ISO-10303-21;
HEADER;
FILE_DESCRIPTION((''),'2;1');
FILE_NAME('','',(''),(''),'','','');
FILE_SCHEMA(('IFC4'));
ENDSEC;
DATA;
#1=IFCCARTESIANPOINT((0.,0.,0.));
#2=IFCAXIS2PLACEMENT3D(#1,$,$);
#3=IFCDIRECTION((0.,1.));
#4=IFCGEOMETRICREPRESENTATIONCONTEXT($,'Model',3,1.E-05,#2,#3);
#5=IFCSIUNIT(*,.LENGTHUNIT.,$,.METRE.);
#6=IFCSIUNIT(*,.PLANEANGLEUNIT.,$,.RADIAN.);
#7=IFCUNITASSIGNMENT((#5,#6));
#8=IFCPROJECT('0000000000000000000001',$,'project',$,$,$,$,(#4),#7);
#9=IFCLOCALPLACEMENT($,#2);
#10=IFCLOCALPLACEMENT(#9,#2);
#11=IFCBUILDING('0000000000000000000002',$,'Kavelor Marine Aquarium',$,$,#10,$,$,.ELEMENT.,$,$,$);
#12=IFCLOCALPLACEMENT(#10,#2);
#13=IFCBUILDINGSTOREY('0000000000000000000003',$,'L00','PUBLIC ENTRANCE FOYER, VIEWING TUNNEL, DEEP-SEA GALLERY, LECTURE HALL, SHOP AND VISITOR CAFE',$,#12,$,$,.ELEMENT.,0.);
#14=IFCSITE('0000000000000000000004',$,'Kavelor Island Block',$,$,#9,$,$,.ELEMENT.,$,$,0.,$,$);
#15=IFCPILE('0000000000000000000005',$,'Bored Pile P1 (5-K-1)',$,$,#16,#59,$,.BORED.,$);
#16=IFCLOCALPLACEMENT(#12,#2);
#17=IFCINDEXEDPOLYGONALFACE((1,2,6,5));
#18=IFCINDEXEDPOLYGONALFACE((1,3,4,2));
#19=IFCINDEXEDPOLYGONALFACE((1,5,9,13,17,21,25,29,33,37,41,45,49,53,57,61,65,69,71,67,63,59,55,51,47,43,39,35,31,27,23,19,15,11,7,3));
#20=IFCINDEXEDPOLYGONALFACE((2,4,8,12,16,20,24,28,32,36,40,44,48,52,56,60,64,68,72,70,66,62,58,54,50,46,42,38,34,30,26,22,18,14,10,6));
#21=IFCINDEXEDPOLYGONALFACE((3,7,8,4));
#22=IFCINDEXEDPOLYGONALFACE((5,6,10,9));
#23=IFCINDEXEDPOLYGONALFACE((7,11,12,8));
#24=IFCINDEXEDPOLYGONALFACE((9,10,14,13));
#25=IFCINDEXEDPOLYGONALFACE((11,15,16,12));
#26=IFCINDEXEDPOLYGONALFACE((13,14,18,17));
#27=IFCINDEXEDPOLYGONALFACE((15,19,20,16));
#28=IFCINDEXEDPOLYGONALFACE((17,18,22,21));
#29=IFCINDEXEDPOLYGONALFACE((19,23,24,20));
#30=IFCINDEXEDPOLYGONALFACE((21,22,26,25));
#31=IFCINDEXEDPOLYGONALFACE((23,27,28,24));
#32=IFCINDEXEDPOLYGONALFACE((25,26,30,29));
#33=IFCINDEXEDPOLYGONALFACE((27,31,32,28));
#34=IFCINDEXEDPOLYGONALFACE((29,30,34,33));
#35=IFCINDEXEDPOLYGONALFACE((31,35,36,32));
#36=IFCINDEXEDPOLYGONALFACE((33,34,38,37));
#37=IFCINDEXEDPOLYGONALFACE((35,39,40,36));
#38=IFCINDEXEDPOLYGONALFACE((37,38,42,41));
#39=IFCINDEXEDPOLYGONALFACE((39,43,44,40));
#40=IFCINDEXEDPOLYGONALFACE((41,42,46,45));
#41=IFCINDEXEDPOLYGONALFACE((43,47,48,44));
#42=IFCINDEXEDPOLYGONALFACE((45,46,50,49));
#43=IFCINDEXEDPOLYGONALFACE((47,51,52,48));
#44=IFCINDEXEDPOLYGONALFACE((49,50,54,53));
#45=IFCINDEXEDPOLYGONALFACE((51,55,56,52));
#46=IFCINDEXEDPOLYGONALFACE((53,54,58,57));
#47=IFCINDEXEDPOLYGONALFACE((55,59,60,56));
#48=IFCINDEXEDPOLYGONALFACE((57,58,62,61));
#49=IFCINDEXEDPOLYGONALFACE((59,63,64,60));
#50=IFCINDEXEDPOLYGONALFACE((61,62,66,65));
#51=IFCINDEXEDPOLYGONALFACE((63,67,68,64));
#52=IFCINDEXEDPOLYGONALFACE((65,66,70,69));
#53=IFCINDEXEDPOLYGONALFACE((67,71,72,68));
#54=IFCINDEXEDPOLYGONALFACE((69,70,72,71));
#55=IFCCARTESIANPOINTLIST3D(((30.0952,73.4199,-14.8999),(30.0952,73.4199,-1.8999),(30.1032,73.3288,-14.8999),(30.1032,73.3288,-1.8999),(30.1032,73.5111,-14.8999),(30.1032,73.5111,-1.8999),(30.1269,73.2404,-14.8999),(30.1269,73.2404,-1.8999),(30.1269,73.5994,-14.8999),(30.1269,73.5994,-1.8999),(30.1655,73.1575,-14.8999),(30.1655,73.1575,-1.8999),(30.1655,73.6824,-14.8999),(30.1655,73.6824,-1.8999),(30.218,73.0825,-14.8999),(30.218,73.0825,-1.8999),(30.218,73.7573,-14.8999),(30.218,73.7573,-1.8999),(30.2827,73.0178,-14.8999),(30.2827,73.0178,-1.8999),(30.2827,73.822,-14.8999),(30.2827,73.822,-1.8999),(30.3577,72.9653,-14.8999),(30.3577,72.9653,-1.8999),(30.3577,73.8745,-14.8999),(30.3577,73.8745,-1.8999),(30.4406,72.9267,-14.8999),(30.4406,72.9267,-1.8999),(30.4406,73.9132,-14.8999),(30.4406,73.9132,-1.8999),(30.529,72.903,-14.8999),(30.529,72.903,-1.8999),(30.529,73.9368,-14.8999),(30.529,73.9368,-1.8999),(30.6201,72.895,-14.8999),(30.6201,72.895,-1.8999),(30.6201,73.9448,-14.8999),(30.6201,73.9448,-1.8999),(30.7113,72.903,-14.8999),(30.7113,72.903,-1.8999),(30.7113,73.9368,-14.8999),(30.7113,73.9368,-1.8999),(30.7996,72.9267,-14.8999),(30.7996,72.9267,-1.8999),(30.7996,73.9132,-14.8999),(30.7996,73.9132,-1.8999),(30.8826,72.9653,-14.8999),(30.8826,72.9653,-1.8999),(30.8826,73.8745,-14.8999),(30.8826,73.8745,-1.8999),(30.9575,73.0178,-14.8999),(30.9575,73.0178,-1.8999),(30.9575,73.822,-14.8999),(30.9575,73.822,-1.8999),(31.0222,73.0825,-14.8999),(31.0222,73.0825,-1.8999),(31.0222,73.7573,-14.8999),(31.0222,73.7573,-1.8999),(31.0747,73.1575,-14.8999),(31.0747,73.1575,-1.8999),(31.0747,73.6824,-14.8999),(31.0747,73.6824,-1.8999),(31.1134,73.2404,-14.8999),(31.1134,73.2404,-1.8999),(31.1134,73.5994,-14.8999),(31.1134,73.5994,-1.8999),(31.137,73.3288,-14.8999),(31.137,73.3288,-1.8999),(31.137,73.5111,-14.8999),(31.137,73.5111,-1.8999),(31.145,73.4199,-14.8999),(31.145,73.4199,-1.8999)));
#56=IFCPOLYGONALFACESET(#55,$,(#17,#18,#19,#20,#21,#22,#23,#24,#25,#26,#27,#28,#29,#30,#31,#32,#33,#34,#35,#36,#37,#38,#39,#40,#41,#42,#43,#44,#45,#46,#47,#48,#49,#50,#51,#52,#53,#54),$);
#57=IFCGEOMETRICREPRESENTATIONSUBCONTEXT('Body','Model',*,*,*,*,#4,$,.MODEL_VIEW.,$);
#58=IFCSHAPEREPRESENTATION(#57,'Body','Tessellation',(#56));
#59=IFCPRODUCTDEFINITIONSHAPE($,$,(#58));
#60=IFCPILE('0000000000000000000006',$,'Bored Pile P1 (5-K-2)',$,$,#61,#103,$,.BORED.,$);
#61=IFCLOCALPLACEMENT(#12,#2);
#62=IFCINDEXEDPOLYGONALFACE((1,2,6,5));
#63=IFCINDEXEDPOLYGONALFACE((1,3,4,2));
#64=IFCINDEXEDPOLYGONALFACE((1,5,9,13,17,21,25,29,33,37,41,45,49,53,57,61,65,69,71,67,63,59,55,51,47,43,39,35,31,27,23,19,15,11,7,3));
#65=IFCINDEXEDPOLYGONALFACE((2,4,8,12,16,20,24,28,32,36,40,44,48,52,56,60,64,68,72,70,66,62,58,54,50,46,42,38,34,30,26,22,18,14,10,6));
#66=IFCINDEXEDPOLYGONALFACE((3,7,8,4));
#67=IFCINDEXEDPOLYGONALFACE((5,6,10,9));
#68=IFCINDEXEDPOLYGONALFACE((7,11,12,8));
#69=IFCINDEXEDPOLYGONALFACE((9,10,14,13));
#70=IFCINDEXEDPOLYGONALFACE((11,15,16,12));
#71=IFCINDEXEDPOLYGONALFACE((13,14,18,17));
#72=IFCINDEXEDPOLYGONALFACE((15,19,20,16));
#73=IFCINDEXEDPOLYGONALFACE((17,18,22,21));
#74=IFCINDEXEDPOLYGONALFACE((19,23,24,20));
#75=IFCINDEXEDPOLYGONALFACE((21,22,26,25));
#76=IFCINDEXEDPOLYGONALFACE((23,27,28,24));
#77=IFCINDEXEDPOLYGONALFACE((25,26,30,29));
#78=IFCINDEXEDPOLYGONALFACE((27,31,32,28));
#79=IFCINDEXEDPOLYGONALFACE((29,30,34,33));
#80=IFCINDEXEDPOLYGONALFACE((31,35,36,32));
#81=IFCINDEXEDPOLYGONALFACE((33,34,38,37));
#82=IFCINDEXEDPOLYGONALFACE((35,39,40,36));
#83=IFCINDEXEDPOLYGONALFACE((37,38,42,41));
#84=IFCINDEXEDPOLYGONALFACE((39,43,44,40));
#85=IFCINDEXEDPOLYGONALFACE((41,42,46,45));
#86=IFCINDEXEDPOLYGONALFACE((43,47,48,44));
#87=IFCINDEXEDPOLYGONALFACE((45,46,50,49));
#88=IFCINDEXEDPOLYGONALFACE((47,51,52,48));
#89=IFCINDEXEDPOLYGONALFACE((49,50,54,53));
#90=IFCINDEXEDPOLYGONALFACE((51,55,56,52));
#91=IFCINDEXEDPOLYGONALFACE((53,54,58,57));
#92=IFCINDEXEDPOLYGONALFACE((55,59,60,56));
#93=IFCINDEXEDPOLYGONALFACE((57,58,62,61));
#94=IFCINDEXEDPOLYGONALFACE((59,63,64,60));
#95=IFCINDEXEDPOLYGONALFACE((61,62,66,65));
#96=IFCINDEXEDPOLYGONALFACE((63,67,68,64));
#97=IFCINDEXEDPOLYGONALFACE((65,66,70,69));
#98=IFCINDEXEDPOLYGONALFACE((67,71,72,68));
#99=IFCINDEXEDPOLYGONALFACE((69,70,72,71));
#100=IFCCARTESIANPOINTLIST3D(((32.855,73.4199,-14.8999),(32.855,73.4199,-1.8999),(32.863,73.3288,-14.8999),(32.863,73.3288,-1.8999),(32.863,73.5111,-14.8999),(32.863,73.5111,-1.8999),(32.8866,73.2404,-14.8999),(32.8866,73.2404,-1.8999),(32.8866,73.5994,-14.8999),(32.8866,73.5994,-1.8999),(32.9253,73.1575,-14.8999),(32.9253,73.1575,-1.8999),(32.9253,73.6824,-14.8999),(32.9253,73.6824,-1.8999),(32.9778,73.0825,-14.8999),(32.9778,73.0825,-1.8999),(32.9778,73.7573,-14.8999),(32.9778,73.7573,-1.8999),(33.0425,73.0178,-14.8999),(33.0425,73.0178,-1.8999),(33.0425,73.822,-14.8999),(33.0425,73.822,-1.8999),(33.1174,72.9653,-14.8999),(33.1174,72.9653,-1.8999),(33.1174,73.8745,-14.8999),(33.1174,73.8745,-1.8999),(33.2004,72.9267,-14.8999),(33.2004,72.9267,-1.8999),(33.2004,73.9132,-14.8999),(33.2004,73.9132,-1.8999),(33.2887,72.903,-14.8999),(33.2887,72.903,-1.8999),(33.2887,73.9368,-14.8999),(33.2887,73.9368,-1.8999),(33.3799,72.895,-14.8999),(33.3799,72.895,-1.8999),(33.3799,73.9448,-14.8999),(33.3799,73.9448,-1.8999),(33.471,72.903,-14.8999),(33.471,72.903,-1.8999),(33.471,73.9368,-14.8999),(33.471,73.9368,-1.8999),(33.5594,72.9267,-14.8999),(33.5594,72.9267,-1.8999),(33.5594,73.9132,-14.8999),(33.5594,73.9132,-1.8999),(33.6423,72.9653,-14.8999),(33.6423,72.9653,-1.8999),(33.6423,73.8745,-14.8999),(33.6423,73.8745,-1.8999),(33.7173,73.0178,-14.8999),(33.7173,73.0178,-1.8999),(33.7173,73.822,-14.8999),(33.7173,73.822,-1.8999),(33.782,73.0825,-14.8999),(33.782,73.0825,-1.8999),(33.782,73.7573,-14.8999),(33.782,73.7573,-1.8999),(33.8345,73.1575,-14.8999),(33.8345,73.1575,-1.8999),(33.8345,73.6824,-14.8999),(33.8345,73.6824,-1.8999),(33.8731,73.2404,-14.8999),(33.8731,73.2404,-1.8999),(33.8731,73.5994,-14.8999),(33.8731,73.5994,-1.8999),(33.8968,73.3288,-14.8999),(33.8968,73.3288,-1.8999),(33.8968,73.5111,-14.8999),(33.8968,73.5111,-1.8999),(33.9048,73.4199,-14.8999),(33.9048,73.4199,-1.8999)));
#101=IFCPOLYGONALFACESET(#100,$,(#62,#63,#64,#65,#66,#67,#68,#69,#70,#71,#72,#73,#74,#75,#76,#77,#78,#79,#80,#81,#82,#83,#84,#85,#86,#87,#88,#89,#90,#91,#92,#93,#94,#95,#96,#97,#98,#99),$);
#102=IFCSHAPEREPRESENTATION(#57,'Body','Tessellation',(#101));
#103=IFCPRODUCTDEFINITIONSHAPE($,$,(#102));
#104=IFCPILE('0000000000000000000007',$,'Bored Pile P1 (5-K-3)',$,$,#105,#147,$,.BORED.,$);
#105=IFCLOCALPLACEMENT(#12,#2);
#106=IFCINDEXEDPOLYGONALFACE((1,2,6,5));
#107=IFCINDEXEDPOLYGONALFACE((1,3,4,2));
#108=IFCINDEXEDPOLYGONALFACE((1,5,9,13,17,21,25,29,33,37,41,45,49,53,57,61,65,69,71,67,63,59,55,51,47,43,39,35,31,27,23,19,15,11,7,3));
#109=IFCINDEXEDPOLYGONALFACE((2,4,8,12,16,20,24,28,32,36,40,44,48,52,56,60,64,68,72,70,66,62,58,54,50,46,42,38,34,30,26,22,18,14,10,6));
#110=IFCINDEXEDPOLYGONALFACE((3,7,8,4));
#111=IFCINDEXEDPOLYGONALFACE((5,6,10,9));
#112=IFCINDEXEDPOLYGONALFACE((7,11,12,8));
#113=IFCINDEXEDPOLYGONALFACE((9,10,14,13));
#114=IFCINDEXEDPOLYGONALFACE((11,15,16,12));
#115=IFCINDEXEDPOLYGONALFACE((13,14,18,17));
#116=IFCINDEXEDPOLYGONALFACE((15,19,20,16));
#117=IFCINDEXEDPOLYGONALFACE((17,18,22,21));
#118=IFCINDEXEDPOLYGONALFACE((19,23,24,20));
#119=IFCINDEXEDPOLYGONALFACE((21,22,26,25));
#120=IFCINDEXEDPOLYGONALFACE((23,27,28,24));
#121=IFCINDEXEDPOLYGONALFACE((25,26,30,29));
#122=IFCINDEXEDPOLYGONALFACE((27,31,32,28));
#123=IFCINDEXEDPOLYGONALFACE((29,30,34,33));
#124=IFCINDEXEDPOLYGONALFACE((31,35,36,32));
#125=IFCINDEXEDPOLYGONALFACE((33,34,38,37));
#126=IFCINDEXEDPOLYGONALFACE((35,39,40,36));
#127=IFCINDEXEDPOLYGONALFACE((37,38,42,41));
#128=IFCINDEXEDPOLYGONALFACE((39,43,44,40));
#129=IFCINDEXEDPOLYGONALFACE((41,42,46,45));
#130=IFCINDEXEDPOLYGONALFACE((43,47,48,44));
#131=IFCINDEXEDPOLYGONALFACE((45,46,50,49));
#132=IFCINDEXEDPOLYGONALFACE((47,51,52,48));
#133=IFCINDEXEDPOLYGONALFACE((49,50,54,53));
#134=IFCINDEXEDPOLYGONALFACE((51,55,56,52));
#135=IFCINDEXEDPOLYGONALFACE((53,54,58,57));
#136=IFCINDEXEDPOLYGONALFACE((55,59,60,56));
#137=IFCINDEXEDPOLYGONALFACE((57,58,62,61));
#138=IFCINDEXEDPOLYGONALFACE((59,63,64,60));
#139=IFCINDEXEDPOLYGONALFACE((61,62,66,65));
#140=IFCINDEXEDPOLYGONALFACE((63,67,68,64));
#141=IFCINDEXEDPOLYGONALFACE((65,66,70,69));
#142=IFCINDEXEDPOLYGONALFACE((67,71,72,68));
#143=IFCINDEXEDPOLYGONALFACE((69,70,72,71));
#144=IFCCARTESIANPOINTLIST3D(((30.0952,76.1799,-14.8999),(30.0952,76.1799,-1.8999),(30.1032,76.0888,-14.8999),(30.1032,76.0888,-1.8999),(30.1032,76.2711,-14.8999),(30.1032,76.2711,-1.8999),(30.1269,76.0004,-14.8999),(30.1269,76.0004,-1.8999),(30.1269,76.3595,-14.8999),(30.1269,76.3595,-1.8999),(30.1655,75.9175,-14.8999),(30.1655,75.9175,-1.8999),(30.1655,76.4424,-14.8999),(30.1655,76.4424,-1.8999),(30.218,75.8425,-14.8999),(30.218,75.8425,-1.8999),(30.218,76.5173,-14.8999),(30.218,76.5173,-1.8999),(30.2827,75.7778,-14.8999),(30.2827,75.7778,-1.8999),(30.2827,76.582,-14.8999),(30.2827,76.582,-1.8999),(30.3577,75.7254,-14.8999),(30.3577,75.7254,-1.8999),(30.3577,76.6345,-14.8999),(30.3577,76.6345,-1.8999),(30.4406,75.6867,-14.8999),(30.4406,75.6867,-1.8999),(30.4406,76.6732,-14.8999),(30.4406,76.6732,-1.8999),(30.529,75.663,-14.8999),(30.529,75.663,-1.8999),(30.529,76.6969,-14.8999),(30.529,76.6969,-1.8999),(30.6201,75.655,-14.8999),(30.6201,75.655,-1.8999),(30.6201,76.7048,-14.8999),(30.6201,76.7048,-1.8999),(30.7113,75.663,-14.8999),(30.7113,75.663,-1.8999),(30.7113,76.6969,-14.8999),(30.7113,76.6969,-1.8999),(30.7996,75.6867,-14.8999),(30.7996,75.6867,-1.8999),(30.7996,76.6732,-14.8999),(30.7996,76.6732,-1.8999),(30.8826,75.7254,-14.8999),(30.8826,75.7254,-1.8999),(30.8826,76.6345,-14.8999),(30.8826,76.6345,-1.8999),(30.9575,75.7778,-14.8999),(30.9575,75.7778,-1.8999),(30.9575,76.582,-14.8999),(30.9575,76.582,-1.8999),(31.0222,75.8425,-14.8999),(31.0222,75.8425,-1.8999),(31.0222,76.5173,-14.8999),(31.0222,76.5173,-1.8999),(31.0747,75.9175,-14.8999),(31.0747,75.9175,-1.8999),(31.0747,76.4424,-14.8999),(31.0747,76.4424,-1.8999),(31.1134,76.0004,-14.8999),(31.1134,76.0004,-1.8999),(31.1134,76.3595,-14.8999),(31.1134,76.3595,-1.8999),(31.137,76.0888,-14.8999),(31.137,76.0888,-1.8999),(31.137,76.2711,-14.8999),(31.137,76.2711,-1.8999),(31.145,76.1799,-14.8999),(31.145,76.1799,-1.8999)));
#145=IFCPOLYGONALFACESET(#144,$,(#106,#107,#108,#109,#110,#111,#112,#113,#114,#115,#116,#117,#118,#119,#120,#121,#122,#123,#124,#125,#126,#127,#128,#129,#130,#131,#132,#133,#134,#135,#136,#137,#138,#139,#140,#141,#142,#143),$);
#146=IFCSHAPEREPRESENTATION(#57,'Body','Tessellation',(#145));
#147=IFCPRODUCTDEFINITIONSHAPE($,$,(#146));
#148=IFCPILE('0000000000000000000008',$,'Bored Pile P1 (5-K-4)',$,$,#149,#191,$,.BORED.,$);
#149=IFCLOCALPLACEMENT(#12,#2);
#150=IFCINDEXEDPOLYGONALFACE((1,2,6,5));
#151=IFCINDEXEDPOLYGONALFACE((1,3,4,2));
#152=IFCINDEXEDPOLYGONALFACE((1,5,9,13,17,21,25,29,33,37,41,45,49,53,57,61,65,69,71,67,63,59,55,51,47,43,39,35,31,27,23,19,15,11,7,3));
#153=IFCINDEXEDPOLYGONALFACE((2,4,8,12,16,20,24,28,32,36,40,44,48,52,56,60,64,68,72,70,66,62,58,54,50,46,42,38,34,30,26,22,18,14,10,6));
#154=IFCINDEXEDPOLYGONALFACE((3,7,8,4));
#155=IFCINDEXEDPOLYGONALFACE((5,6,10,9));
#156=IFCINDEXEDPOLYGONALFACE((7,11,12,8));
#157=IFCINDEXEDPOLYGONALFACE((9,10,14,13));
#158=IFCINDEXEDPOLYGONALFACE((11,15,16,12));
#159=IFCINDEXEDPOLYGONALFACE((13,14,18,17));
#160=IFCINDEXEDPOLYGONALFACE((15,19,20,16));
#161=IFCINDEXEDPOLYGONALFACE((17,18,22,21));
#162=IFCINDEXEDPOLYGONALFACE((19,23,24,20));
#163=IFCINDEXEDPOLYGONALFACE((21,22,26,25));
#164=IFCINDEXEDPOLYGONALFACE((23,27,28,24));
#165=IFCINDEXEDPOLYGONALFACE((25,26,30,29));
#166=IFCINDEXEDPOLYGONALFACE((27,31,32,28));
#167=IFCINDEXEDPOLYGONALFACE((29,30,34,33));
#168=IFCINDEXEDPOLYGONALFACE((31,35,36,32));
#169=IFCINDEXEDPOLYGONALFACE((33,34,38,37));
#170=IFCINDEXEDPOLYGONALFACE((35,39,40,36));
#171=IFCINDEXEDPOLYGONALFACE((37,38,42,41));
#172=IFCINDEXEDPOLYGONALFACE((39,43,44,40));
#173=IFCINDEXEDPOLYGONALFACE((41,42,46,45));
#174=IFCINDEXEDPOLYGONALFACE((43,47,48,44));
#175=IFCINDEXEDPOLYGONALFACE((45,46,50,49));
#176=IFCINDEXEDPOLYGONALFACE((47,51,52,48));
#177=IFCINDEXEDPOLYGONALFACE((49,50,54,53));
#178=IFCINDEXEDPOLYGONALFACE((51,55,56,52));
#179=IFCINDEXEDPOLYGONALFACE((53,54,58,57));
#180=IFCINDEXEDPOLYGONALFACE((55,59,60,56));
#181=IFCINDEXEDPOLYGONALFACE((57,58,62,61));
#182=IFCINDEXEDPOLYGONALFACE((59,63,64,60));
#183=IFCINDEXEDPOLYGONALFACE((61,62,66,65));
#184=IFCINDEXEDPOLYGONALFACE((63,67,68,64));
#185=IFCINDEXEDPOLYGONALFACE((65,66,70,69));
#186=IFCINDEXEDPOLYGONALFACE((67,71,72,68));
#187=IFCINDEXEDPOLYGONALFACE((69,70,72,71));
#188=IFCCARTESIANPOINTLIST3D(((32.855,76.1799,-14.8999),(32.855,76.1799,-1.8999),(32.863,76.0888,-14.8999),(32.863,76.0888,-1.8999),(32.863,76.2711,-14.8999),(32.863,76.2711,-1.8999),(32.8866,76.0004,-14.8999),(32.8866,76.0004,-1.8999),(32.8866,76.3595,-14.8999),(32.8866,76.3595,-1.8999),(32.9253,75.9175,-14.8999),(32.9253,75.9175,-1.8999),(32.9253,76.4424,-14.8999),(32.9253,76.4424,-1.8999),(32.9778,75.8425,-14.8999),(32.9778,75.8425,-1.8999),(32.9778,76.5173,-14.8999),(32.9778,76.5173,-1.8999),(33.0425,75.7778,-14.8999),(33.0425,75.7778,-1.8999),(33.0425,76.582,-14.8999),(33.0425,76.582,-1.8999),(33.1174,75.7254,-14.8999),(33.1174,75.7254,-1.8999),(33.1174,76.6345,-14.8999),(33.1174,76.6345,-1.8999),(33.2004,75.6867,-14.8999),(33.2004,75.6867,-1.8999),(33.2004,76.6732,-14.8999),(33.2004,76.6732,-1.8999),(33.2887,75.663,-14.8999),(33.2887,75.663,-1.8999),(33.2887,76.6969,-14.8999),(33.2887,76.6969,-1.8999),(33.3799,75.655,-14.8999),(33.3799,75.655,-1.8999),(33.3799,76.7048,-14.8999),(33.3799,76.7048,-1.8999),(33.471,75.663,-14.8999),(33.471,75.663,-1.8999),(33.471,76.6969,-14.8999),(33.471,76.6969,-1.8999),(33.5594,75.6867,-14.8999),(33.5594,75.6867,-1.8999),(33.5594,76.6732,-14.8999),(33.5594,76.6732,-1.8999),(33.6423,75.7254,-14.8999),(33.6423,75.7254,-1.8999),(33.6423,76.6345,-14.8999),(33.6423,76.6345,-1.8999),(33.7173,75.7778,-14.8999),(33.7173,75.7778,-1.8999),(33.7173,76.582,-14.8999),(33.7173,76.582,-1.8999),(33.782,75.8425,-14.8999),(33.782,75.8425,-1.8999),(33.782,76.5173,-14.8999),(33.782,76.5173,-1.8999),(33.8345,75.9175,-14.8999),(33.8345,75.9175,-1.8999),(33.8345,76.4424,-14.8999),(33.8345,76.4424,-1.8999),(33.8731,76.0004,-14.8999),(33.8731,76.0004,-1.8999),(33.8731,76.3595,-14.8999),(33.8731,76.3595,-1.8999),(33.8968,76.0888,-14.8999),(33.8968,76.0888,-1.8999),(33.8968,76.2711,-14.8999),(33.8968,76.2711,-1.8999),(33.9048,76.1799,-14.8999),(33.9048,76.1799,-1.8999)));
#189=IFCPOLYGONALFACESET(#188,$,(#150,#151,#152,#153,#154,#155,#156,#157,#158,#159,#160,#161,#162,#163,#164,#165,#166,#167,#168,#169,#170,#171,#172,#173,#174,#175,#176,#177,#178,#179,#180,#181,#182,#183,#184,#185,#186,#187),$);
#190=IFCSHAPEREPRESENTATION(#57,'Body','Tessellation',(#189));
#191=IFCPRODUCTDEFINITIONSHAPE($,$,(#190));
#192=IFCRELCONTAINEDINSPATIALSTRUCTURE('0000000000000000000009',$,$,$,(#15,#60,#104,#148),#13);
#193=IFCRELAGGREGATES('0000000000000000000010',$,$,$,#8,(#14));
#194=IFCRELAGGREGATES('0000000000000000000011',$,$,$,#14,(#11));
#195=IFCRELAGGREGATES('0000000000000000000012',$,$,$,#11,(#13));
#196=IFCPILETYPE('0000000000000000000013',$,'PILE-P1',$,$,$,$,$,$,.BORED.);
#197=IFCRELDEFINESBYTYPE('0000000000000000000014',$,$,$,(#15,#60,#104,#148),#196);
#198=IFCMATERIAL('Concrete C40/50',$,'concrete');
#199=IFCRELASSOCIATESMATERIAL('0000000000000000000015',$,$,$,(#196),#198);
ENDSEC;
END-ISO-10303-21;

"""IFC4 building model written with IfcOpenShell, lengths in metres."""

from ifc_helpers import new_model, si_unit, direction, frame, origin, origin_2d, place, context, subcontext, project, spatial, circle, extrude, material, material_profile, profile_set, type_object, element, save


model = new_model("IFC4")

# Units and contexts
model_context = context("Model", 3, precision=1e-05, world=origin(), true_north=direction((0.0, 1.0)))
body_context = subcontext(model_context, "Body", "Model", "MODEL_VIEW")
ifc_project = project(units=[si_unit("LENGTHUNIT", "METRE"), si_unit("PLANEANGLEUNIT", "RADIAN")], contexts=[model_context])

# Site, building, storey
site_placement = place(None, origin())
site = spatial("IfcSite", under=ifc_project, at=site_placement, Name="Kavelor Island Block", CompositionType="ELEMENT", RefElevation=0.0)
building_placement = place(site_placement, origin())
building = spatial("IfcBuilding", under=site, at=building_placement, Name="Kavelor Marine Aquarium", CompositionType="ELEMENT")
storey_placement = place(building_placement, origin())
storey = spatial("IfcBuildingStorey", under=building, at=storey_placement, Name="L00", Description="PUBLIC ENTRANCE FOYER, VIEWING TUNNEL, DEEP-SEA GALLERY, LECTURE HALL, SHOP AND VISITOR CAFE", CompositionType="ELEMENT", Elevation=0.0)

# Piles
ifc_material_1 = material(Name="Concrete C40/50", Category="concrete")
ifc_material_profile_1 = material_profile(ifc_material_1, circle(Radius=0.5249, at=origin_2d()), Name="PILE D1050")
ifc_profile_set_1 = profile_set([ifc_material_profile_1], Name="Concrete C40/50")
pile_type = type_object("IfcPileType", Name="PILE-P1", PredefinedType="BORED", material=ifc_profile_set_1)
for number, where, z_axis, x_axis, name in (
    (1, (30.6201, 73.4199, -1.8999), (0.0, 0.0, -1.0), (1.0, 0.0, 0.0), "Bored Pile P1 (5-K-1)"),
    (2, (33.3799, 73.4199, -1.8999), (0.0, 0.0, -1.0), (1.0, 0.0, 0.0), "Bored Pile P1 (5-K-2)"),
    (3, (30.6201, 76.1799, -1.8999), (0.0, 0.0, -1.0), (1.0, 0.0, 0.0), "Bored Pile P1 (5-K-3)"),
    (4, (33.3799, 76.1799, -1.8999), (0.0, 0.0, -1.0), (1.0, 0.0, 0.0), "Bored Pile P1 (5-K-4)"),
):
    element("IfcPile", number, at=place(storey_placement, frame(where, z_axis=z_axis, x_axis=x_axis)), inside=storey, type_object=pile_type, Name=name, PredefinedType="BORED", context=body_context, shape_type="SweptSolid", body=[
        extrude(circle(Radius=0.5249, at=origin_2d()), origin(), (0.0, 0.0, 1.0), 13.0),
    ])

save(model, "model.ifc")
